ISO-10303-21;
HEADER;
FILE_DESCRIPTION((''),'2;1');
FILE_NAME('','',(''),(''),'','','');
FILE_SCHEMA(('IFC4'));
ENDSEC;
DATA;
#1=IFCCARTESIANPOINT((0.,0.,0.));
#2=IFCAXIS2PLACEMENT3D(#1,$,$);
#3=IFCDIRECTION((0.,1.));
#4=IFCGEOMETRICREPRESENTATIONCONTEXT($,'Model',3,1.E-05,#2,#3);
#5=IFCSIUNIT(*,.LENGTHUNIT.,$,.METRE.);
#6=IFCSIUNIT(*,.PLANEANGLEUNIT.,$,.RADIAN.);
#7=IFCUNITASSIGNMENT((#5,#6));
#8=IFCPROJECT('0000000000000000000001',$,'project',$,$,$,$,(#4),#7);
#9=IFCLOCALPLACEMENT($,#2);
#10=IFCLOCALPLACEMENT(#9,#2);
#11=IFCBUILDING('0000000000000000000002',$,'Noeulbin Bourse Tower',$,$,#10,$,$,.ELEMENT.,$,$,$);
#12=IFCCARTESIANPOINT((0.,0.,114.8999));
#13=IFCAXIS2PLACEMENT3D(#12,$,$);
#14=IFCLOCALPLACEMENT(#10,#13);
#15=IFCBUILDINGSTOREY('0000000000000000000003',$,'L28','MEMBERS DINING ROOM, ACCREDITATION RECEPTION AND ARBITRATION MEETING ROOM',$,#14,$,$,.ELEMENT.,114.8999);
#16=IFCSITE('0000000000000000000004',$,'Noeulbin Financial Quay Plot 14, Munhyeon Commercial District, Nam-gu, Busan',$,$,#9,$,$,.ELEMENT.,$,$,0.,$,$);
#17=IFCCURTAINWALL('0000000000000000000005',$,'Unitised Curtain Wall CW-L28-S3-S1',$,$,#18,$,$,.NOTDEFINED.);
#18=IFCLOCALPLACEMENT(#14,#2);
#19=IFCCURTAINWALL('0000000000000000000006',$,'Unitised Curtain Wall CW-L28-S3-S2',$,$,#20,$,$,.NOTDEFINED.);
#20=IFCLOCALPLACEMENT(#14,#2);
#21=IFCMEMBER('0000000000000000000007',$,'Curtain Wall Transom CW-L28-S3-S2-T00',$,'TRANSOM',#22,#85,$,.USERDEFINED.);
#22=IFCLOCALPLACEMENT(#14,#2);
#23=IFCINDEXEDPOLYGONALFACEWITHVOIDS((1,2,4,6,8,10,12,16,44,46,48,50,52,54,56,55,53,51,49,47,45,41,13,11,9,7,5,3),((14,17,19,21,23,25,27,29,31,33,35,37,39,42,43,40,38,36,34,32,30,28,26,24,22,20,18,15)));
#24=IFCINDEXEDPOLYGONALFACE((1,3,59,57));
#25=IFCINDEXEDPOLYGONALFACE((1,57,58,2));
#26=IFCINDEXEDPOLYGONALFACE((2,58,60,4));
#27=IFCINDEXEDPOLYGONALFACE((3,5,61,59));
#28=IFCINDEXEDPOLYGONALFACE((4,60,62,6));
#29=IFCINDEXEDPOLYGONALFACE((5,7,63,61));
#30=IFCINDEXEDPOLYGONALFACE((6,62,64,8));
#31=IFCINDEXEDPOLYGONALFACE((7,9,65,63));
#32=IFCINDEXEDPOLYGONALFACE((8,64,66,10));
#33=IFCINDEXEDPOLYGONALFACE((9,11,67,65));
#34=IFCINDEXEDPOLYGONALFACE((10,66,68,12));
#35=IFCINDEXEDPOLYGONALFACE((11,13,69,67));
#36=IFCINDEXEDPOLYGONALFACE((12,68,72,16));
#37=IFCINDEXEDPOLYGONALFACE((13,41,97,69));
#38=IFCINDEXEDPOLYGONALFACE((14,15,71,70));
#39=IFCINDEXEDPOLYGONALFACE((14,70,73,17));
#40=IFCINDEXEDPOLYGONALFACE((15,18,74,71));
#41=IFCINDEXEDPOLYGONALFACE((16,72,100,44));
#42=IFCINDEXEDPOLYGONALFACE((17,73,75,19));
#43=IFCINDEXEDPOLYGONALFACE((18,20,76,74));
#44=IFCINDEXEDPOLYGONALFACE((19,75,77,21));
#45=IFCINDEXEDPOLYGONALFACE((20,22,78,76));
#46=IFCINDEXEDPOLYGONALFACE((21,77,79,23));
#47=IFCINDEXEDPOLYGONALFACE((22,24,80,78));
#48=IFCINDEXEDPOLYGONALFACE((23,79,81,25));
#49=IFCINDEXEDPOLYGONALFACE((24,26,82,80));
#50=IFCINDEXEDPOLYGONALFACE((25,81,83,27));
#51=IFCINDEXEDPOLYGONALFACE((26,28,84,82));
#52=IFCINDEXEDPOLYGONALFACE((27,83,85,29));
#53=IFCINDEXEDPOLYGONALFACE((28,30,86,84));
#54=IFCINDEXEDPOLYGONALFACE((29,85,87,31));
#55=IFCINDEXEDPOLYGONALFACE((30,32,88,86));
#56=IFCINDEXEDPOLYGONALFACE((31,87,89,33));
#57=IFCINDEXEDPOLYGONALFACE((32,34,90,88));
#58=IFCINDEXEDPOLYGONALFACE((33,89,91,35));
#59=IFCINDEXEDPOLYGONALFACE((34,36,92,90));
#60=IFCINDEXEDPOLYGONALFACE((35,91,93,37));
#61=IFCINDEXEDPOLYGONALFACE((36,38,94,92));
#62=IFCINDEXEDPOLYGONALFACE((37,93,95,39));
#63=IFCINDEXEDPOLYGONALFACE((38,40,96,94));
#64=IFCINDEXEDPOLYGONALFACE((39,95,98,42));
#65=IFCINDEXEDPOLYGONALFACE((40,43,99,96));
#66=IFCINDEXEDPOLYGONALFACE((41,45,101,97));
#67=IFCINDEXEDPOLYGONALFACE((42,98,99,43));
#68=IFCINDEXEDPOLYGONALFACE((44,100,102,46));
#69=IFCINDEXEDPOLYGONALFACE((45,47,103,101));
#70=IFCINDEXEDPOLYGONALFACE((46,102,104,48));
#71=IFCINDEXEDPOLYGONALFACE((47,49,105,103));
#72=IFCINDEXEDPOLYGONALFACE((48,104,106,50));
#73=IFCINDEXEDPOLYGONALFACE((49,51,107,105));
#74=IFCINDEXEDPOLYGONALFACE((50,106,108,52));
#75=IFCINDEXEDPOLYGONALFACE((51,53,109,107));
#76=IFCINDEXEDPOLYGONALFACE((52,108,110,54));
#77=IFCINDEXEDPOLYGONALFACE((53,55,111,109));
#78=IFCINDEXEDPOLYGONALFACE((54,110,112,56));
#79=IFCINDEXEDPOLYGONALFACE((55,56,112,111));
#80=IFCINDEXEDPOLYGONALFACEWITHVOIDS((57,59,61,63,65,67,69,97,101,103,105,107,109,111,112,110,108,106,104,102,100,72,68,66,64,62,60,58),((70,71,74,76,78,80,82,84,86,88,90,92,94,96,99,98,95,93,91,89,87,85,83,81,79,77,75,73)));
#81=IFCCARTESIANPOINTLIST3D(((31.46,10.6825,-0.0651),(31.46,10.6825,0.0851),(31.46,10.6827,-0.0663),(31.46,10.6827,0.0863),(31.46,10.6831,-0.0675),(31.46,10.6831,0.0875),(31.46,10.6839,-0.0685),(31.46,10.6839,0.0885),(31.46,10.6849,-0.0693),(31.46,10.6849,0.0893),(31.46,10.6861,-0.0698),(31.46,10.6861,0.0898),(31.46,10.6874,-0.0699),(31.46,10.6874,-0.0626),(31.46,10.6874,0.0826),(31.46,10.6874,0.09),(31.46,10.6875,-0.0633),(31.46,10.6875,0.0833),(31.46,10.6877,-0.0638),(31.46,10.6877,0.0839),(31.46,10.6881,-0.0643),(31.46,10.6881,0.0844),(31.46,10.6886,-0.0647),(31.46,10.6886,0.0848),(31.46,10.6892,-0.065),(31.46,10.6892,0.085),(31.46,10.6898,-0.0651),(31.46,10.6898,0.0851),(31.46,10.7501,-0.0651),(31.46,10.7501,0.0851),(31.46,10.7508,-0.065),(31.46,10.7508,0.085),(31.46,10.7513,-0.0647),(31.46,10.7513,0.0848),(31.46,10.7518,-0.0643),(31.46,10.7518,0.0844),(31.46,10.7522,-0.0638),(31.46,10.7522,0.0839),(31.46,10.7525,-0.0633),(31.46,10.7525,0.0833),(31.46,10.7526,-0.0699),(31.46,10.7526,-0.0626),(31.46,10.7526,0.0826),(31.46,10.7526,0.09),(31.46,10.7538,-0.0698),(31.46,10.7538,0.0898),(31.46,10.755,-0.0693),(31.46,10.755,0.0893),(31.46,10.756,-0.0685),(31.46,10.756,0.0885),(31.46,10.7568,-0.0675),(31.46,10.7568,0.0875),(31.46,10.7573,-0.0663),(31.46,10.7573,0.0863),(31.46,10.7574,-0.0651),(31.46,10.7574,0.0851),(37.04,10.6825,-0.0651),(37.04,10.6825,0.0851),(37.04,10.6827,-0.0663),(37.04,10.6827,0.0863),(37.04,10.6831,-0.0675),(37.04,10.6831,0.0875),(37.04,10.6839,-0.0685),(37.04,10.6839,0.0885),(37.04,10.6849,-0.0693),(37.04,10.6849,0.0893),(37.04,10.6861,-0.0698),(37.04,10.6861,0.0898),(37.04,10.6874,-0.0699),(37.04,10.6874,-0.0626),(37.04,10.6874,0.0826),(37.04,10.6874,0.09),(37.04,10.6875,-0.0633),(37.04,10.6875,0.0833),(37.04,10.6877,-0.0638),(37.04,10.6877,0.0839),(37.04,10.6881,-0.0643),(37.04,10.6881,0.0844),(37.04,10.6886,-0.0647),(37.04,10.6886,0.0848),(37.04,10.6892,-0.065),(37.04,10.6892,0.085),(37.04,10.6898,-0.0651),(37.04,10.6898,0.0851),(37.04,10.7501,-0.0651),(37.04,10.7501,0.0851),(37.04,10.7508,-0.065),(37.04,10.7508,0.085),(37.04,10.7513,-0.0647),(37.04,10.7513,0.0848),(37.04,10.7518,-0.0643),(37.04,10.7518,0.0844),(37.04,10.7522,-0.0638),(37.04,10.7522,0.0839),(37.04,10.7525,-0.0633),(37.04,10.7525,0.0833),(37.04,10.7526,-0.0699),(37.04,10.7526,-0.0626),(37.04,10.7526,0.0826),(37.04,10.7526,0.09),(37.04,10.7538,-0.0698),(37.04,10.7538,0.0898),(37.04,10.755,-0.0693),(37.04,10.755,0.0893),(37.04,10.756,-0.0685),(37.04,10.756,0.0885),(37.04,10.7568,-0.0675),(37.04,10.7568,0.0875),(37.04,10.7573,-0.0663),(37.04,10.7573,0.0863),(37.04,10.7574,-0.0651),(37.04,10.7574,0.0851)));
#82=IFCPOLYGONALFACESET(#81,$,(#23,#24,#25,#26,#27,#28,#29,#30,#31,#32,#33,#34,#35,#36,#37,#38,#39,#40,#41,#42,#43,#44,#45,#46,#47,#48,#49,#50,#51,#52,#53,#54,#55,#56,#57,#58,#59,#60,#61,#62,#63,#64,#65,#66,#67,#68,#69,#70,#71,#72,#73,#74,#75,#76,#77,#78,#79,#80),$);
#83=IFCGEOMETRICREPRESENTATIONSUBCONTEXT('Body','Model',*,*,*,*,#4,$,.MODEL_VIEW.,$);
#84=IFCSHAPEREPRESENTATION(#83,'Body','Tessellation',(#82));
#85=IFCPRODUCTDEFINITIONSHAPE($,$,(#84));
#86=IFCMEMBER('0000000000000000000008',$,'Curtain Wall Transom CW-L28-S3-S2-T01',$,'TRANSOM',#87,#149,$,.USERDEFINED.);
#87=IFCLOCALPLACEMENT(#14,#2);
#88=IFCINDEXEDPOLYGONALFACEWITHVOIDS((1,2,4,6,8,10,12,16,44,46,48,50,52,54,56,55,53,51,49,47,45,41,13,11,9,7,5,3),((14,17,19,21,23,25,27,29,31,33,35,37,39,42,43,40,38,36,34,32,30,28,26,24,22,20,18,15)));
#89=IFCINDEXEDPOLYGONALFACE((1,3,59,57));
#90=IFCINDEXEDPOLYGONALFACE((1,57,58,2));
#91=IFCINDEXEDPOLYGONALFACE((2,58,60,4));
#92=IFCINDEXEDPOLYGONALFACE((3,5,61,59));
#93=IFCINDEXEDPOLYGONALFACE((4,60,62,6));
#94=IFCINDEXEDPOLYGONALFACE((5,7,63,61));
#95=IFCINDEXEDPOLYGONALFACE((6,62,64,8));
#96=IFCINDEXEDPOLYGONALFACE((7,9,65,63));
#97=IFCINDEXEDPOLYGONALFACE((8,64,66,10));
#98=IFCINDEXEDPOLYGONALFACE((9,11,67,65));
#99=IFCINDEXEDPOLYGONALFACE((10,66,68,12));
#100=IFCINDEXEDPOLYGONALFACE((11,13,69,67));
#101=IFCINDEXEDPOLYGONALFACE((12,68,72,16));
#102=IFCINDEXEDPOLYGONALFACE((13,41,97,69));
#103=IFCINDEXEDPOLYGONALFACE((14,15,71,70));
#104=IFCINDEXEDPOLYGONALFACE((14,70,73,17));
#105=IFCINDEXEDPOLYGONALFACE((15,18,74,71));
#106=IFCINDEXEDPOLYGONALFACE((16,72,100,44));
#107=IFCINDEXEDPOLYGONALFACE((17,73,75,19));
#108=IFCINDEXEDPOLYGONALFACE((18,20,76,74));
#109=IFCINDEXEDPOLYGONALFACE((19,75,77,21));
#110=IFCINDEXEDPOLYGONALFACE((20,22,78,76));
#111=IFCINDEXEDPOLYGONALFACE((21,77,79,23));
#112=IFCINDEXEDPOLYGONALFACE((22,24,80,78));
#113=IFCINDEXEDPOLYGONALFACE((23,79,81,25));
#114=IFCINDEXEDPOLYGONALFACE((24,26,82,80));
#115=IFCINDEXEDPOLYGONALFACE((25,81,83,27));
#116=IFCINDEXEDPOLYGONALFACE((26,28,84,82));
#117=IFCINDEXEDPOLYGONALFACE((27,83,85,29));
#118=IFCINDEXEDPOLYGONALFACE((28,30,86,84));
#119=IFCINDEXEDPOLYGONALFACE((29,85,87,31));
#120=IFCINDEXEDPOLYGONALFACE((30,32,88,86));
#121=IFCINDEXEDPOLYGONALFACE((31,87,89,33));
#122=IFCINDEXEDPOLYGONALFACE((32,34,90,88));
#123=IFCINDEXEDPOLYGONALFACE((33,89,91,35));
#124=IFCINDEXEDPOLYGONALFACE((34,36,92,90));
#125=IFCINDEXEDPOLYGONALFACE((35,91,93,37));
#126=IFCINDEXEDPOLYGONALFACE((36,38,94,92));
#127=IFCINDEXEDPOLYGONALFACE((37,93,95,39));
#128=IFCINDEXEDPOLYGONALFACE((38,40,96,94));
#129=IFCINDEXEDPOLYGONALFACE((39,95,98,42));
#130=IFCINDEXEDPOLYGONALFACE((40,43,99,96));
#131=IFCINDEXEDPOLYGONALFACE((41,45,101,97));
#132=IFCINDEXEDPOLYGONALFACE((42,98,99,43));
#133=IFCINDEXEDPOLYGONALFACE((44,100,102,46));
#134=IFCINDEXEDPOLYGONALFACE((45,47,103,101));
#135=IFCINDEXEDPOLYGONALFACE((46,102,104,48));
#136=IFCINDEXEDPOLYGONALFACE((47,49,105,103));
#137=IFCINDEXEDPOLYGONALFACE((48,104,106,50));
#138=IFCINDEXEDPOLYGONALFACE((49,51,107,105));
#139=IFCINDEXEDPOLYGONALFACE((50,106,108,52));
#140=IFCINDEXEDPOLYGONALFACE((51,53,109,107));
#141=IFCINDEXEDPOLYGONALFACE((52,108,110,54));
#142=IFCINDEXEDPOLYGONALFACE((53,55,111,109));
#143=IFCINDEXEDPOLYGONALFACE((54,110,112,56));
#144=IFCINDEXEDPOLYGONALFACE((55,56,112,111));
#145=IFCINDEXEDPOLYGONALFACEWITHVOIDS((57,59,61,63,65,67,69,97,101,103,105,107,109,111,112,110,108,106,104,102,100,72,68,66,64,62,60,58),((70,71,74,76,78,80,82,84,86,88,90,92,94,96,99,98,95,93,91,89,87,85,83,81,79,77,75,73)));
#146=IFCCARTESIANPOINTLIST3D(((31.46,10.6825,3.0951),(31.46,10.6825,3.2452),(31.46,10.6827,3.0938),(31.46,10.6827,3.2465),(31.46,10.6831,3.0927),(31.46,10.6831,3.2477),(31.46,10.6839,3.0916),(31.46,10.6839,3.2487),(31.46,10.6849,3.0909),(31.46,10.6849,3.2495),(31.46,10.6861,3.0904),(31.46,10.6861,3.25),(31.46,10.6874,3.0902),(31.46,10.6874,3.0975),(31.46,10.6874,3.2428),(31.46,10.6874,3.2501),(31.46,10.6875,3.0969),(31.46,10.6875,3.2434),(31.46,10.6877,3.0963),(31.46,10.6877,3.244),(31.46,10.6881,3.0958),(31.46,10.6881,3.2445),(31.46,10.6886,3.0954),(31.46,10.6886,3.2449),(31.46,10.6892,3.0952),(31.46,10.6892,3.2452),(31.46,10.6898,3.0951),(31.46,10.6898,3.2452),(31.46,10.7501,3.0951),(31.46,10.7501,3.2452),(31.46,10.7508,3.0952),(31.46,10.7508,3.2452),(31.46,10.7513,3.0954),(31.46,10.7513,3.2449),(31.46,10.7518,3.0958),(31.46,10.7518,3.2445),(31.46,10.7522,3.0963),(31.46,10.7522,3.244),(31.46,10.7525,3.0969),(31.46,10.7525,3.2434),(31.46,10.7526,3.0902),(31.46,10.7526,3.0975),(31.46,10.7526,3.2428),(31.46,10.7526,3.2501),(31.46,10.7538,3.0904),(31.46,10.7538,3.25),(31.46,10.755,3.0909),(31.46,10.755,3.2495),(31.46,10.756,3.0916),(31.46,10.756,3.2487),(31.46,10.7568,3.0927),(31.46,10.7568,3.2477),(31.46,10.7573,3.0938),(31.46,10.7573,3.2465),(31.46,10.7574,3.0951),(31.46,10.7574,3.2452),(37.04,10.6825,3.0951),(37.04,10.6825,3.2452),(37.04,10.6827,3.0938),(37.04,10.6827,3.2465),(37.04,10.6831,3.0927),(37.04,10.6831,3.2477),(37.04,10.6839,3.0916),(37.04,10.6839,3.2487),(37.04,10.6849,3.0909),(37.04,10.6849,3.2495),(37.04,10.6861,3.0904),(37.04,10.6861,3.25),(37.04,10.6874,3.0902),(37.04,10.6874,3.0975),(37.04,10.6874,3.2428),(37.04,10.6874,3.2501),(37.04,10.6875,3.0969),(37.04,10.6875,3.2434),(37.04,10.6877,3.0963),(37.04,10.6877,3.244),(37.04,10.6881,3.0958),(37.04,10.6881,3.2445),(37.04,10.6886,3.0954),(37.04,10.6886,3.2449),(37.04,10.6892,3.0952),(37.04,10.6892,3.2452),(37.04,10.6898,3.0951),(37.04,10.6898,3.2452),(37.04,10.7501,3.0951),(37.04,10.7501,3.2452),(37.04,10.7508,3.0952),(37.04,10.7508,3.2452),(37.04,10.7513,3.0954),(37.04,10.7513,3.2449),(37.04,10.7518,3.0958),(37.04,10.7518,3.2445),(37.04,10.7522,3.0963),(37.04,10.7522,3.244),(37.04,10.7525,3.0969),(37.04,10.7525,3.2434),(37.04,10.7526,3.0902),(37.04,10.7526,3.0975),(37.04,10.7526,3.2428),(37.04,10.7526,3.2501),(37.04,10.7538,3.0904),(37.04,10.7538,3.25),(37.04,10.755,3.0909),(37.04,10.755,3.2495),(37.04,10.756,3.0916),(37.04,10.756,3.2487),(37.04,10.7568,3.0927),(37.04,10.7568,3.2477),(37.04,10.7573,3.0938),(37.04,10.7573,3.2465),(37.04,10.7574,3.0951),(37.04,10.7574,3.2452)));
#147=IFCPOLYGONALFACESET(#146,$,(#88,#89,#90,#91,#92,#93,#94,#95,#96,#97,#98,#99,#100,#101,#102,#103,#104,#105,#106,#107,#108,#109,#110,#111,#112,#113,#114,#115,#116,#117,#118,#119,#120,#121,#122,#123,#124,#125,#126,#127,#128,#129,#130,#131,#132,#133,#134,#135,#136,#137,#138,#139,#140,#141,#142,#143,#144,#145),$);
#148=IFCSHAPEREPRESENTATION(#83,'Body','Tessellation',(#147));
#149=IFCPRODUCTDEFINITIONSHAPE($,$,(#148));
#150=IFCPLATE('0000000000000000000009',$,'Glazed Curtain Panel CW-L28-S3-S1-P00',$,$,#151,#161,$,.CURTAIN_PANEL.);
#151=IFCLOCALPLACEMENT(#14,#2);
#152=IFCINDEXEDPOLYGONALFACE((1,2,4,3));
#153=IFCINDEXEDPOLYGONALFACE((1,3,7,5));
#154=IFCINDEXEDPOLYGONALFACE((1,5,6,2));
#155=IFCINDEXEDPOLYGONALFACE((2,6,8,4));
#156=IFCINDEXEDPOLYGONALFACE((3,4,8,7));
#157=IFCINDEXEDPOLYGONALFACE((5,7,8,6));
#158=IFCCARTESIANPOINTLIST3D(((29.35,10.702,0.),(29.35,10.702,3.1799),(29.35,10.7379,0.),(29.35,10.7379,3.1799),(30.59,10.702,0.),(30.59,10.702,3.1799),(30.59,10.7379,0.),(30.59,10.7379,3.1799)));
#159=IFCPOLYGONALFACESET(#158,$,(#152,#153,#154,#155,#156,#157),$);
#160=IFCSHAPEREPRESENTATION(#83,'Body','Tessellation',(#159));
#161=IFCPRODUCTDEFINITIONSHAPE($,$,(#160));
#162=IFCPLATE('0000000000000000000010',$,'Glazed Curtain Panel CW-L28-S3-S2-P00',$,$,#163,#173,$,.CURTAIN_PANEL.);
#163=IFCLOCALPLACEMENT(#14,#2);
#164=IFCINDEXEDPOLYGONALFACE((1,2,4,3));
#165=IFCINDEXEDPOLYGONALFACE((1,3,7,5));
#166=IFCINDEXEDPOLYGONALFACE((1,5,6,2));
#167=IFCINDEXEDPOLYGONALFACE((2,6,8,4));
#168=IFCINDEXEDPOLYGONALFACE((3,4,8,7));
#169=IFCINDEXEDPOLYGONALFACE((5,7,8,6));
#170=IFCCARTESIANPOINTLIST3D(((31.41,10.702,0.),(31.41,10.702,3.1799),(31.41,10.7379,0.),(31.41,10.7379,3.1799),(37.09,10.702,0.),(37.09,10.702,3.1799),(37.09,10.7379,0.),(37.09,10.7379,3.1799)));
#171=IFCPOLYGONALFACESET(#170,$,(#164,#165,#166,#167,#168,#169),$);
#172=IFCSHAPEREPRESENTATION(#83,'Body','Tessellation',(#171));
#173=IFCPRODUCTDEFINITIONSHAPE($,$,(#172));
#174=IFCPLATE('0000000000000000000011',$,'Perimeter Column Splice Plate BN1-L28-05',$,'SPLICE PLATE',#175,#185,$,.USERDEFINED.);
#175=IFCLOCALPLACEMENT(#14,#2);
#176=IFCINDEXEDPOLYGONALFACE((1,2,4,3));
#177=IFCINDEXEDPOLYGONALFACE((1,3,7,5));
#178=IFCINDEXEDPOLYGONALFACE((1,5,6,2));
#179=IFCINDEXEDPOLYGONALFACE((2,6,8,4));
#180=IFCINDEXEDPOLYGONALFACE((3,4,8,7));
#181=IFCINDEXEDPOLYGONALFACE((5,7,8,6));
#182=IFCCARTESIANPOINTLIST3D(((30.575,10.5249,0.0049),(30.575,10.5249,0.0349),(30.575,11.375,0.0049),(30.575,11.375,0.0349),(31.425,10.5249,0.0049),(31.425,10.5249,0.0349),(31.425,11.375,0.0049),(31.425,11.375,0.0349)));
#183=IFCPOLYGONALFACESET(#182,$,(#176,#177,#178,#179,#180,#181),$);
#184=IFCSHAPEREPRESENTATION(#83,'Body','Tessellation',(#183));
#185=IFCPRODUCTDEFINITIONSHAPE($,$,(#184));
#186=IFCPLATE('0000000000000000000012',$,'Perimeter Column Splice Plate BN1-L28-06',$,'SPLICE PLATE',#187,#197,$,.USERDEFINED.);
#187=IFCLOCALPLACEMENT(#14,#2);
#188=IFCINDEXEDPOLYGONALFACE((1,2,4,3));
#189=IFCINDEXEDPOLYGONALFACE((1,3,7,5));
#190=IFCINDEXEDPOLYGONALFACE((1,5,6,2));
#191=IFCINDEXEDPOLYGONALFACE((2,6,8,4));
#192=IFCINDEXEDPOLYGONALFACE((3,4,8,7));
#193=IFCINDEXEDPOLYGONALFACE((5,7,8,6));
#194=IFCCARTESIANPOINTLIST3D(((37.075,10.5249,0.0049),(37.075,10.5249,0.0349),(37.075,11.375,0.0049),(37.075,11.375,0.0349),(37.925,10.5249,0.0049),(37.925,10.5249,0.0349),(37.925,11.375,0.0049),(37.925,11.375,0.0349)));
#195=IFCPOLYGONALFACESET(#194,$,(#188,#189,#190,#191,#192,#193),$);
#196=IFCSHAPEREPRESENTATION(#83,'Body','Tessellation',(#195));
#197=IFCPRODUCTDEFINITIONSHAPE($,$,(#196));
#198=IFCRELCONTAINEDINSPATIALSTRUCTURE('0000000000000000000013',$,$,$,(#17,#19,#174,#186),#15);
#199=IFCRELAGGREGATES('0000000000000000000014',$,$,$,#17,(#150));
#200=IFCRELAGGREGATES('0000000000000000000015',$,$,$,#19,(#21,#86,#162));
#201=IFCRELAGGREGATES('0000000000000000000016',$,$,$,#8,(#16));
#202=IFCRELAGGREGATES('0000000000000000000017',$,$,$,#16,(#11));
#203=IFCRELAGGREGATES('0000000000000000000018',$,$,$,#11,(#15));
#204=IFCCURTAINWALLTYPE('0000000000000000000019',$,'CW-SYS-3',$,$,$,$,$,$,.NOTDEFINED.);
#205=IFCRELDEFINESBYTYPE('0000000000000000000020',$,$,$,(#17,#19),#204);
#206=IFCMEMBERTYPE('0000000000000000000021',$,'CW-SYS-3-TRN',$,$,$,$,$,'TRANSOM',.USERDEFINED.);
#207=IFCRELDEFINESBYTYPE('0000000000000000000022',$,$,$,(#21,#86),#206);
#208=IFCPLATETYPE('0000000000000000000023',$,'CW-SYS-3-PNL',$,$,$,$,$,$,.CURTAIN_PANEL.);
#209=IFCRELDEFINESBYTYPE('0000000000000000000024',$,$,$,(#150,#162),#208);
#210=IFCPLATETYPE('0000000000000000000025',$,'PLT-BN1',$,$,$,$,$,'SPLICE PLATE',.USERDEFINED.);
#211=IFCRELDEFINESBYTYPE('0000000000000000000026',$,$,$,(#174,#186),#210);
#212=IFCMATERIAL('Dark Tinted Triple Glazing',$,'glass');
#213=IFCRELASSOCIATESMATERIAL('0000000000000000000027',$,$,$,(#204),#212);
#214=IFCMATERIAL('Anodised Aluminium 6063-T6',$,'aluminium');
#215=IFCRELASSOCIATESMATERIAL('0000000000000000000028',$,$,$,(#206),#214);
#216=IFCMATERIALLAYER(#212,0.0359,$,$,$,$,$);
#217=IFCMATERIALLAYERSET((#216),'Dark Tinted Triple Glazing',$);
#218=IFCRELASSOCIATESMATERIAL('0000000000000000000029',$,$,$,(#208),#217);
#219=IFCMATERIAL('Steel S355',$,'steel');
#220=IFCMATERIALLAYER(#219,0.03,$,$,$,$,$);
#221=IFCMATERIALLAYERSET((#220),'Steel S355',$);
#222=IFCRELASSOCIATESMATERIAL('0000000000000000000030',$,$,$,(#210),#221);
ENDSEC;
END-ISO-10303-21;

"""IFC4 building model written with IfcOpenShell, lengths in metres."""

from ifc_helpers import new_model, si_unit, direction, frame, origin, origin_2d, place, context, subcontext, project, spatial, rectangle, hollow_rectangle, extrude, material, layer, layer_set, material_profile, profile_set, type_object, element, aggregate, save


model = new_model("IFC4")

# Units and contexts
model_context = context("Model", 3, precision=1e-05, world=origin(), true_north=direction((0.0, 1.0)))
body_context = subcontext(model_context, "Body", "Model", "MODEL_VIEW")
ifc_project = project(units=[si_unit("LENGTHUNIT", "METRE"), si_unit("PLANEANGLEUNIT", "RADIAN")], contexts=[model_context])

# Site, building, storey
site_placement = place(None, origin())
site = spatial("IfcSite", under=ifc_project, at=site_placement, Name="Noeulbin Financial Quay Plot 14, Munhyeon Commercial District, Nam-gu, Busan", CompositionType="ELEMENT", RefElevation=0.0)
building_placement = place(site_placement, origin())
building = spatial("IfcBuilding", under=site, at=building_placement, Name="Noeulbin Bourse Tower", CompositionType="ELEMENT")
storey_placement = place(building_placement, frame((0.0, 0.0, 114.8999)))
storey = spatial("IfcBuildingStorey", under=building, at=storey_placement, Name="L28", Description="MEMBERS DINING ROOM, ACCREDITATION RECEPTION AND ARBITRATION MEETING ROOM", CompositionType="ELEMENT", Elevation=114.8999)

# Shared definitions
ifc_material_1 = material(Name="Steel S355", Category="steel")

# Curtain walls
ifc_material_2 = material(Name="Dark Tinted Triple Glazing", Category="glass")
curtain_wall_type = type_object("IfcCurtainWallType", Name="CW-SYS-3", PredefinedType="NOTDEFINED", material=ifc_material_2)
curtain_wall_1_placement = place(storey_placement, origin())
curtain_wall_1 = element("IfcCurtainWall", 1, at=curtain_wall_1_placement, inside=storey, type_object=curtain_wall_type, Name="Unitised Curtain Wall CW-L28-S3-S1", PredefinedType="NOTDEFINED")
ifc_material_3 = material(Name="Anodised Aluminium 6063-T6", Category="aluminium")
curtain_wall_2_placement = place(storey_placement, origin())
curtain_wall_2 = element("IfcCurtainWall", 2, at=curtain_wall_2_placement, inside=storey, type_object=curtain_wall_type, Name="Unitised Curtain Wall CW-L28-S3-S2", PredefinedType="NOTDEFINED")

# Members
ifc_material_profile_1 = material_profile(ifc_material_3, hollow_rectangle(XDim=0.075, YDim=0.1599, WallThickness=0.0049, InnerFilletRadius=0.0024, OuterFilletRadius=0.0049, at=origin_2d()), Name="ALU-TRAN-75x160x5", Category="LoadBearing")
ifc_profile_set_1 = profile_set([ifc_material_profile_1], Name="Anodised Aluminium 6063-T6")
member_type_1 = type_object("IfcMemberType", Name="CW-SYS-3-TRN", ElementType="TRANSOM", PredefinedType="USERDEFINED", material=ifc_profile_set_1)
member_1_placement = place(storey_placement, frame((31.46, 10.72, 0.01), z_axis=(1.0, 0.0, 0.0), x_axis=(0.0, 1.0, 0.0)))
member_1 = element("IfcMember", 3, at=member_1_placement, type_object=member_type_1, Name="Curtain Wall Transom CW-L28-S3-S2-T00", ObjectType="TRANSOM", PredefinedType="USERDEFINED", context=body_context, shape_type="SweptSolid", body=[
    extrude(hollow_rectangle(XDim=0.075, YDim=0.1599, WallThickness=0.0049, InnerFilletRadius=0.0024, OuterFilletRadius=0.0049, at=origin_2d()), origin(), (0.0, 0.0, 1.0), 5.5801),
])
member_2_placement = place(storey_placement, frame((31.46, 10.72, 3.1702), z_axis=(1.0, 0.0, 0.0), x_axis=(0.0, 1.0, 0.0)))
member_2 = element("IfcMember", 4, at=member_2_placement, type_object=member_type_1, Name="Curtain Wall Transom CW-L28-S3-S2-T01", ObjectType="TRANSOM", PredefinedType="USERDEFINED", context=body_context, shape_type="SweptSolid", body=[
    extrude(hollow_rectangle(XDim=0.075, YDim=0.1599, WallThickness=0.0049, InnerFilletRadius=0.0024, OuterFilletRadius=0.0049, at=origin_2d()), origin(), (0.0, 0.0, 1.0), 5.5801),
])

# Plates
ifc_layer_1 = layer(ifc_material_2, 0.0359)
ifc_layer_set_1 = layer_set([ifc_layer_1], Name="Dark Tinted Triple Glazing")
plate_type_1 = type_object("IfcPlateType", Name="CW-SYS-3-PNL", PredefinedType="CURTAIN_PANEL", material=ifc_layer_set_1)
plate_1_placement = place(storey_placement, frame((29.97, 10.72, 0.0), z_axis=(0.0, 0.0, 1.0), x_axis=(1.0, 0.0, 0.0)))
plate_1 = element("IfcPlate", 5, at=plate_1_placement, type_object=plate_type_1, Name="Glazed Curtain Panel CW-L28-S3-S1-P00", PredefinedType="CURTAIN_PANEL", context=body_context, shape_type="SweptSolid", body=[
    extrude(rectangle(XDim=1.24, YDim=0.0359, at=origin_2d()), origin(), (0.0, 0.0, 1.0), 3.1799),
])
aggregate(curtain_wall_1, [plate_1])
plate_2_placement = place(storey_placement, frame((34.25, 10.72, 0.0), z_axis=(0.0, 0.0, 1.0), x_axis=(1.0, 0.0, 0.0)))
plate_2 = element("IfcPlate", 6, at=plate_2_placement, type_object=plate_type_1, Name="Glazed Curtain Panel CW-L28-S3-S2-P00", PredefinedType="CURTAIN_PANEL", context=body_context, shape_type="SweptSolid", body=[
    extrude(rectangle(XDim=5.6799, YDim=0.0359, at=origin_2d()), origin(), (0.0, 0.0, 1.0), 3.1799),
])
aggregate(curtain_wall_2, [member_1, member_2, plate_2])

# Plates
ifc_layer_2 = layer(ifc_material_1, 0.03)
ifc_layer_set_2 = layer_set([ifc_layer_2], Name="Steel S355")
plate_type_2 = type_object("IfcPlateType", Name="PLT-BN1", ElementType="SPLICE PLATE", PredefinedType="USERDEFINED", material=ifc_layer_set_2)
for number, where, z_axis, x_axis, name in (
    (7, (31.0, 10.95, 0.0049), (0.0, 0.0, 1.0), (1.0, 0.0, 0.0), "Perimeter Column Splice Plate BN1-L28-05"),
    (8, (37.5, 10.95, 0.0049), (0.0, 0.0, 1.0), (1.0, 0.0, 0.0), "Perimeter Column Splice Plate BN1-L28-06"),
):
    element("IfcPlate", number, at=place(storey_placement, frame(where, z_axis=z_axis, x_axis=x_axis)), inside=storey, type_object=plate_type_2, Name=name, ObjectType="SPLICE PLATE", PredefinedType="USERDEFINED", context=body_context, shape_type="SweptSolid", body=[
        extrude(rectangle(XDim=0.8501, YDim=0.8501, at=origin_2d()), origin(), (0.0, 0.0, 1.0), 0.03),
    ])

save(model, "model.ifc")
